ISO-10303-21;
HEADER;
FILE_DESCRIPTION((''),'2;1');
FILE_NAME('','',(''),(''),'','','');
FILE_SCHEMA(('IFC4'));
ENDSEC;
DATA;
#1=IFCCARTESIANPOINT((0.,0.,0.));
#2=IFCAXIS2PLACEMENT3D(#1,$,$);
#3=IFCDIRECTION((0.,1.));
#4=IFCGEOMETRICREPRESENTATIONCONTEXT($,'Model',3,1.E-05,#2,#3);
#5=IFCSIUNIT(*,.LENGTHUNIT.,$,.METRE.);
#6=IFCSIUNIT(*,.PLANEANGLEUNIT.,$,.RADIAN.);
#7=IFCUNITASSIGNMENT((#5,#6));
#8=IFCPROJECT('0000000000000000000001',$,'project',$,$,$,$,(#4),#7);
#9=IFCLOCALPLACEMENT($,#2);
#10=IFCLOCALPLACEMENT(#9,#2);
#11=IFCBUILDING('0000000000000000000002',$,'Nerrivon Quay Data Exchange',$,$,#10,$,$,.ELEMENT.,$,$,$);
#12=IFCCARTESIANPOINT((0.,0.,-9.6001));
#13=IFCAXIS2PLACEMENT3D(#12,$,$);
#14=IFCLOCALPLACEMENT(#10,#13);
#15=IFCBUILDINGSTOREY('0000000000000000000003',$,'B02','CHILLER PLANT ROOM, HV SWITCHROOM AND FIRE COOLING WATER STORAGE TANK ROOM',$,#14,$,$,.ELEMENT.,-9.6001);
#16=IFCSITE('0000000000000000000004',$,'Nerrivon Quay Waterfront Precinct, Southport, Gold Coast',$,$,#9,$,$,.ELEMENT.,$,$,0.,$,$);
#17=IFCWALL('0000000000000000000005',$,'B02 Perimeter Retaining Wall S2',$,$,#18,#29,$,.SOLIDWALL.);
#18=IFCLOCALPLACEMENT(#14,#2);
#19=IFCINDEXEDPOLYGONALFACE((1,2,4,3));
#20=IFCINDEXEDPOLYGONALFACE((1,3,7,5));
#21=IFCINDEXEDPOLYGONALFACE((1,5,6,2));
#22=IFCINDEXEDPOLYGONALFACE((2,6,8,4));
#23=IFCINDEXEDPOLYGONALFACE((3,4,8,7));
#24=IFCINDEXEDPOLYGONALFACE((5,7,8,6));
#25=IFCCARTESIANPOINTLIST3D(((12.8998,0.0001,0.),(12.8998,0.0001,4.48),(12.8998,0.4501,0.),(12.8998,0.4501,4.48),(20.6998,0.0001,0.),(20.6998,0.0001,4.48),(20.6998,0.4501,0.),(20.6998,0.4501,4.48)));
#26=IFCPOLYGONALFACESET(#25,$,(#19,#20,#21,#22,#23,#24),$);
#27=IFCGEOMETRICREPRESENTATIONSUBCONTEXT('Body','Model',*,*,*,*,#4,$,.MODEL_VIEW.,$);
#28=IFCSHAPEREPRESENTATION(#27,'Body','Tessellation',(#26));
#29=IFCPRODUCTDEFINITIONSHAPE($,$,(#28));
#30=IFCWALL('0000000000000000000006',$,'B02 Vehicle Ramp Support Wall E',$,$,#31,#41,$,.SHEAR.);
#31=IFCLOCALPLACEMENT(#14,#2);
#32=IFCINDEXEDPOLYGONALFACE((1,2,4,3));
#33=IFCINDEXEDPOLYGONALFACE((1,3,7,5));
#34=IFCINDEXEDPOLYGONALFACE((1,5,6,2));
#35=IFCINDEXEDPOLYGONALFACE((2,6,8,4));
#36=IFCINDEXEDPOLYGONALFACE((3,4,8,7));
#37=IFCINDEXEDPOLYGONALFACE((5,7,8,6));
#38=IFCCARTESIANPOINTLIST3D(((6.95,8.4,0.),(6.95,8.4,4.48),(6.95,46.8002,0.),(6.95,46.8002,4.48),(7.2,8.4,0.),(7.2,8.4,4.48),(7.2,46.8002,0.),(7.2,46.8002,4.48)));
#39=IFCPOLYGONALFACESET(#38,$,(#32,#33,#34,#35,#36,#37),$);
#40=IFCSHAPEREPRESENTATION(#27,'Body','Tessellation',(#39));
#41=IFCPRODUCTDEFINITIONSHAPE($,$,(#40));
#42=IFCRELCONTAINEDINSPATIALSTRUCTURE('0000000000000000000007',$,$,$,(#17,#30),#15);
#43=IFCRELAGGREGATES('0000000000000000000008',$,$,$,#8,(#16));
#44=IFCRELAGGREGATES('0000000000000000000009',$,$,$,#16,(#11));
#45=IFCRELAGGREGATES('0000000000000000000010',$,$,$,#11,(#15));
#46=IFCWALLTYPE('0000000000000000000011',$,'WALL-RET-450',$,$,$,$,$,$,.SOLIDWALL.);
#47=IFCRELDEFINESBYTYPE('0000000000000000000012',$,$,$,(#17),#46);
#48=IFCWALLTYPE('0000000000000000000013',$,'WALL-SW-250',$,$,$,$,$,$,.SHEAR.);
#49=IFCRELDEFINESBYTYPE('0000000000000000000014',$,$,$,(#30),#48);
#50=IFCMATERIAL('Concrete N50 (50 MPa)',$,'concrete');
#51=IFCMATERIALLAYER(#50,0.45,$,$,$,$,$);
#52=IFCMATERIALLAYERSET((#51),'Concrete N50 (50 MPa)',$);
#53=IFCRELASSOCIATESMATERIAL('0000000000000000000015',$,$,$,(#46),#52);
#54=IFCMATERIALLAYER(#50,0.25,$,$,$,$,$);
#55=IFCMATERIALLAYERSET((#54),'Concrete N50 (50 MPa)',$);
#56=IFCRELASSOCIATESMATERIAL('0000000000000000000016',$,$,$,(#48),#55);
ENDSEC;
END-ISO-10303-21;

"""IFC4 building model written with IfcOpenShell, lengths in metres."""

from ifc_helpers import new_model, si_unit, direction, frame, frame_2d, origin, place, context, subcontext, project, spatial, rectangle, extrude, material, layer, layer_set, type_object, element, save


model = new_model("IFC4")

# Units and contexts
model_context = context("Model", 3, precision=1e-05, world=origin(), true_north=direction((0.0, 1.0)))
body_context = subcontext(model_context, "Body", "Model", "MODEL_VIEW")
ifc_project = project(units=[si_unit("LENGTHUNIT", "METRE"), si_unit("PLANEANGLEUNIT", "RADIAN")], contexts=[model_context])

# Site, building, storey
site_placement = place(None, origin())
site = spatial("IfcSite", under=ifc_project, at=site_placement, Name="Nerrivon Quay Waterfront Precinct, Southport, Gold Coast", CompositionType="ELEMENT", RefElevation=0.0)
building_placement = place(site_placement, origin())
building = spatial("IfcBuilding", under=site, at=building_placement, Name="Nerrivon Quay Data Exchange", CompositionType="ELEMENT")
storey_placement = place(building_placement, frame((0.0, 0.0, -9.6001)))
storey = spatial("IfcBuildingStorey", under=building, at=storey_placement, Name="B02", Description="CHILLER PLANT ROOM, HV SWITCHROOM AND FIRE COOLING WATER STORAGE TANK ROOM", CompositionType="ELEMENT", Elevation=-9.6001)

# Shared definitions
ifc_material_1 = material(Name="Concrete N50 (50 MPa)", Category="concrete")

# Walls
ifc_layer_1 = layer(ifc_material_1, 0.45)
ifc_layer_set_1 = layer_set([ifc_layer_1], Name="Concrete N50 (50 MPa)")
wall_type_1 = type_object("IfcWallType", Name="WALL-RET-450", PredefinedType="SOLIDWALL", material=ifc_layer_set_1)
wall_1_placement = place(storey_placement, frame((12.8999, 0.2251, 0.0), z_axis=(0.0, 0.0, 1.0), x_axis=(1.0, 0.0, 0.0)))
element("IfcWall", 1, at=wall_1_placement, inside=storey, type_object=wall_type_1, Name="B02 Perimeter Retaining Wall S2", PredefinedType="SOLIDWALL", context=body_context, shape_type="SweptSolid", body=[
    extrude(rectangle(XDim=7.8, YDim=0.45, at=frame_2d((3.8999, 0.0))), origin(), (0.0, 0.0, 1.0), 4.48),
])
ifc_layer_2 = layer(ifc_material_1, 0.25)
ifc_layer_set_2 = layer_set([ifc_layer_2], Name="Concrete N50 (50 MPa)")
wall_type_2 = type_object("IfcWallType", Name="WALL-SW-250", PredefinedType="SHEAR", material=ifc_layer_set_2)
wall_2_placement = place(storey_placement, frame((7.075, 8.3999, 0.0), z_axis=(0.0, 0.0, 1.0), x_axis=(0.0, 1.0, 0.0)))
element("IfcWall", 2, at=wall_2_placement, inside=storey, type_object=wall_type_2, Name="B02 Vehicle Ramp Support Wall E", PredefinedType="SHEAR", context=body_context, shape_type="SweptSolid", body=[
    extrude(rectangle(XDim=38.4001, YDim=0.25, at=frame_2d((19.2002, 0.0))), origin(), (0.0, 0.0, 1.0), 4.48),
])

save(model, "model.ifc")
